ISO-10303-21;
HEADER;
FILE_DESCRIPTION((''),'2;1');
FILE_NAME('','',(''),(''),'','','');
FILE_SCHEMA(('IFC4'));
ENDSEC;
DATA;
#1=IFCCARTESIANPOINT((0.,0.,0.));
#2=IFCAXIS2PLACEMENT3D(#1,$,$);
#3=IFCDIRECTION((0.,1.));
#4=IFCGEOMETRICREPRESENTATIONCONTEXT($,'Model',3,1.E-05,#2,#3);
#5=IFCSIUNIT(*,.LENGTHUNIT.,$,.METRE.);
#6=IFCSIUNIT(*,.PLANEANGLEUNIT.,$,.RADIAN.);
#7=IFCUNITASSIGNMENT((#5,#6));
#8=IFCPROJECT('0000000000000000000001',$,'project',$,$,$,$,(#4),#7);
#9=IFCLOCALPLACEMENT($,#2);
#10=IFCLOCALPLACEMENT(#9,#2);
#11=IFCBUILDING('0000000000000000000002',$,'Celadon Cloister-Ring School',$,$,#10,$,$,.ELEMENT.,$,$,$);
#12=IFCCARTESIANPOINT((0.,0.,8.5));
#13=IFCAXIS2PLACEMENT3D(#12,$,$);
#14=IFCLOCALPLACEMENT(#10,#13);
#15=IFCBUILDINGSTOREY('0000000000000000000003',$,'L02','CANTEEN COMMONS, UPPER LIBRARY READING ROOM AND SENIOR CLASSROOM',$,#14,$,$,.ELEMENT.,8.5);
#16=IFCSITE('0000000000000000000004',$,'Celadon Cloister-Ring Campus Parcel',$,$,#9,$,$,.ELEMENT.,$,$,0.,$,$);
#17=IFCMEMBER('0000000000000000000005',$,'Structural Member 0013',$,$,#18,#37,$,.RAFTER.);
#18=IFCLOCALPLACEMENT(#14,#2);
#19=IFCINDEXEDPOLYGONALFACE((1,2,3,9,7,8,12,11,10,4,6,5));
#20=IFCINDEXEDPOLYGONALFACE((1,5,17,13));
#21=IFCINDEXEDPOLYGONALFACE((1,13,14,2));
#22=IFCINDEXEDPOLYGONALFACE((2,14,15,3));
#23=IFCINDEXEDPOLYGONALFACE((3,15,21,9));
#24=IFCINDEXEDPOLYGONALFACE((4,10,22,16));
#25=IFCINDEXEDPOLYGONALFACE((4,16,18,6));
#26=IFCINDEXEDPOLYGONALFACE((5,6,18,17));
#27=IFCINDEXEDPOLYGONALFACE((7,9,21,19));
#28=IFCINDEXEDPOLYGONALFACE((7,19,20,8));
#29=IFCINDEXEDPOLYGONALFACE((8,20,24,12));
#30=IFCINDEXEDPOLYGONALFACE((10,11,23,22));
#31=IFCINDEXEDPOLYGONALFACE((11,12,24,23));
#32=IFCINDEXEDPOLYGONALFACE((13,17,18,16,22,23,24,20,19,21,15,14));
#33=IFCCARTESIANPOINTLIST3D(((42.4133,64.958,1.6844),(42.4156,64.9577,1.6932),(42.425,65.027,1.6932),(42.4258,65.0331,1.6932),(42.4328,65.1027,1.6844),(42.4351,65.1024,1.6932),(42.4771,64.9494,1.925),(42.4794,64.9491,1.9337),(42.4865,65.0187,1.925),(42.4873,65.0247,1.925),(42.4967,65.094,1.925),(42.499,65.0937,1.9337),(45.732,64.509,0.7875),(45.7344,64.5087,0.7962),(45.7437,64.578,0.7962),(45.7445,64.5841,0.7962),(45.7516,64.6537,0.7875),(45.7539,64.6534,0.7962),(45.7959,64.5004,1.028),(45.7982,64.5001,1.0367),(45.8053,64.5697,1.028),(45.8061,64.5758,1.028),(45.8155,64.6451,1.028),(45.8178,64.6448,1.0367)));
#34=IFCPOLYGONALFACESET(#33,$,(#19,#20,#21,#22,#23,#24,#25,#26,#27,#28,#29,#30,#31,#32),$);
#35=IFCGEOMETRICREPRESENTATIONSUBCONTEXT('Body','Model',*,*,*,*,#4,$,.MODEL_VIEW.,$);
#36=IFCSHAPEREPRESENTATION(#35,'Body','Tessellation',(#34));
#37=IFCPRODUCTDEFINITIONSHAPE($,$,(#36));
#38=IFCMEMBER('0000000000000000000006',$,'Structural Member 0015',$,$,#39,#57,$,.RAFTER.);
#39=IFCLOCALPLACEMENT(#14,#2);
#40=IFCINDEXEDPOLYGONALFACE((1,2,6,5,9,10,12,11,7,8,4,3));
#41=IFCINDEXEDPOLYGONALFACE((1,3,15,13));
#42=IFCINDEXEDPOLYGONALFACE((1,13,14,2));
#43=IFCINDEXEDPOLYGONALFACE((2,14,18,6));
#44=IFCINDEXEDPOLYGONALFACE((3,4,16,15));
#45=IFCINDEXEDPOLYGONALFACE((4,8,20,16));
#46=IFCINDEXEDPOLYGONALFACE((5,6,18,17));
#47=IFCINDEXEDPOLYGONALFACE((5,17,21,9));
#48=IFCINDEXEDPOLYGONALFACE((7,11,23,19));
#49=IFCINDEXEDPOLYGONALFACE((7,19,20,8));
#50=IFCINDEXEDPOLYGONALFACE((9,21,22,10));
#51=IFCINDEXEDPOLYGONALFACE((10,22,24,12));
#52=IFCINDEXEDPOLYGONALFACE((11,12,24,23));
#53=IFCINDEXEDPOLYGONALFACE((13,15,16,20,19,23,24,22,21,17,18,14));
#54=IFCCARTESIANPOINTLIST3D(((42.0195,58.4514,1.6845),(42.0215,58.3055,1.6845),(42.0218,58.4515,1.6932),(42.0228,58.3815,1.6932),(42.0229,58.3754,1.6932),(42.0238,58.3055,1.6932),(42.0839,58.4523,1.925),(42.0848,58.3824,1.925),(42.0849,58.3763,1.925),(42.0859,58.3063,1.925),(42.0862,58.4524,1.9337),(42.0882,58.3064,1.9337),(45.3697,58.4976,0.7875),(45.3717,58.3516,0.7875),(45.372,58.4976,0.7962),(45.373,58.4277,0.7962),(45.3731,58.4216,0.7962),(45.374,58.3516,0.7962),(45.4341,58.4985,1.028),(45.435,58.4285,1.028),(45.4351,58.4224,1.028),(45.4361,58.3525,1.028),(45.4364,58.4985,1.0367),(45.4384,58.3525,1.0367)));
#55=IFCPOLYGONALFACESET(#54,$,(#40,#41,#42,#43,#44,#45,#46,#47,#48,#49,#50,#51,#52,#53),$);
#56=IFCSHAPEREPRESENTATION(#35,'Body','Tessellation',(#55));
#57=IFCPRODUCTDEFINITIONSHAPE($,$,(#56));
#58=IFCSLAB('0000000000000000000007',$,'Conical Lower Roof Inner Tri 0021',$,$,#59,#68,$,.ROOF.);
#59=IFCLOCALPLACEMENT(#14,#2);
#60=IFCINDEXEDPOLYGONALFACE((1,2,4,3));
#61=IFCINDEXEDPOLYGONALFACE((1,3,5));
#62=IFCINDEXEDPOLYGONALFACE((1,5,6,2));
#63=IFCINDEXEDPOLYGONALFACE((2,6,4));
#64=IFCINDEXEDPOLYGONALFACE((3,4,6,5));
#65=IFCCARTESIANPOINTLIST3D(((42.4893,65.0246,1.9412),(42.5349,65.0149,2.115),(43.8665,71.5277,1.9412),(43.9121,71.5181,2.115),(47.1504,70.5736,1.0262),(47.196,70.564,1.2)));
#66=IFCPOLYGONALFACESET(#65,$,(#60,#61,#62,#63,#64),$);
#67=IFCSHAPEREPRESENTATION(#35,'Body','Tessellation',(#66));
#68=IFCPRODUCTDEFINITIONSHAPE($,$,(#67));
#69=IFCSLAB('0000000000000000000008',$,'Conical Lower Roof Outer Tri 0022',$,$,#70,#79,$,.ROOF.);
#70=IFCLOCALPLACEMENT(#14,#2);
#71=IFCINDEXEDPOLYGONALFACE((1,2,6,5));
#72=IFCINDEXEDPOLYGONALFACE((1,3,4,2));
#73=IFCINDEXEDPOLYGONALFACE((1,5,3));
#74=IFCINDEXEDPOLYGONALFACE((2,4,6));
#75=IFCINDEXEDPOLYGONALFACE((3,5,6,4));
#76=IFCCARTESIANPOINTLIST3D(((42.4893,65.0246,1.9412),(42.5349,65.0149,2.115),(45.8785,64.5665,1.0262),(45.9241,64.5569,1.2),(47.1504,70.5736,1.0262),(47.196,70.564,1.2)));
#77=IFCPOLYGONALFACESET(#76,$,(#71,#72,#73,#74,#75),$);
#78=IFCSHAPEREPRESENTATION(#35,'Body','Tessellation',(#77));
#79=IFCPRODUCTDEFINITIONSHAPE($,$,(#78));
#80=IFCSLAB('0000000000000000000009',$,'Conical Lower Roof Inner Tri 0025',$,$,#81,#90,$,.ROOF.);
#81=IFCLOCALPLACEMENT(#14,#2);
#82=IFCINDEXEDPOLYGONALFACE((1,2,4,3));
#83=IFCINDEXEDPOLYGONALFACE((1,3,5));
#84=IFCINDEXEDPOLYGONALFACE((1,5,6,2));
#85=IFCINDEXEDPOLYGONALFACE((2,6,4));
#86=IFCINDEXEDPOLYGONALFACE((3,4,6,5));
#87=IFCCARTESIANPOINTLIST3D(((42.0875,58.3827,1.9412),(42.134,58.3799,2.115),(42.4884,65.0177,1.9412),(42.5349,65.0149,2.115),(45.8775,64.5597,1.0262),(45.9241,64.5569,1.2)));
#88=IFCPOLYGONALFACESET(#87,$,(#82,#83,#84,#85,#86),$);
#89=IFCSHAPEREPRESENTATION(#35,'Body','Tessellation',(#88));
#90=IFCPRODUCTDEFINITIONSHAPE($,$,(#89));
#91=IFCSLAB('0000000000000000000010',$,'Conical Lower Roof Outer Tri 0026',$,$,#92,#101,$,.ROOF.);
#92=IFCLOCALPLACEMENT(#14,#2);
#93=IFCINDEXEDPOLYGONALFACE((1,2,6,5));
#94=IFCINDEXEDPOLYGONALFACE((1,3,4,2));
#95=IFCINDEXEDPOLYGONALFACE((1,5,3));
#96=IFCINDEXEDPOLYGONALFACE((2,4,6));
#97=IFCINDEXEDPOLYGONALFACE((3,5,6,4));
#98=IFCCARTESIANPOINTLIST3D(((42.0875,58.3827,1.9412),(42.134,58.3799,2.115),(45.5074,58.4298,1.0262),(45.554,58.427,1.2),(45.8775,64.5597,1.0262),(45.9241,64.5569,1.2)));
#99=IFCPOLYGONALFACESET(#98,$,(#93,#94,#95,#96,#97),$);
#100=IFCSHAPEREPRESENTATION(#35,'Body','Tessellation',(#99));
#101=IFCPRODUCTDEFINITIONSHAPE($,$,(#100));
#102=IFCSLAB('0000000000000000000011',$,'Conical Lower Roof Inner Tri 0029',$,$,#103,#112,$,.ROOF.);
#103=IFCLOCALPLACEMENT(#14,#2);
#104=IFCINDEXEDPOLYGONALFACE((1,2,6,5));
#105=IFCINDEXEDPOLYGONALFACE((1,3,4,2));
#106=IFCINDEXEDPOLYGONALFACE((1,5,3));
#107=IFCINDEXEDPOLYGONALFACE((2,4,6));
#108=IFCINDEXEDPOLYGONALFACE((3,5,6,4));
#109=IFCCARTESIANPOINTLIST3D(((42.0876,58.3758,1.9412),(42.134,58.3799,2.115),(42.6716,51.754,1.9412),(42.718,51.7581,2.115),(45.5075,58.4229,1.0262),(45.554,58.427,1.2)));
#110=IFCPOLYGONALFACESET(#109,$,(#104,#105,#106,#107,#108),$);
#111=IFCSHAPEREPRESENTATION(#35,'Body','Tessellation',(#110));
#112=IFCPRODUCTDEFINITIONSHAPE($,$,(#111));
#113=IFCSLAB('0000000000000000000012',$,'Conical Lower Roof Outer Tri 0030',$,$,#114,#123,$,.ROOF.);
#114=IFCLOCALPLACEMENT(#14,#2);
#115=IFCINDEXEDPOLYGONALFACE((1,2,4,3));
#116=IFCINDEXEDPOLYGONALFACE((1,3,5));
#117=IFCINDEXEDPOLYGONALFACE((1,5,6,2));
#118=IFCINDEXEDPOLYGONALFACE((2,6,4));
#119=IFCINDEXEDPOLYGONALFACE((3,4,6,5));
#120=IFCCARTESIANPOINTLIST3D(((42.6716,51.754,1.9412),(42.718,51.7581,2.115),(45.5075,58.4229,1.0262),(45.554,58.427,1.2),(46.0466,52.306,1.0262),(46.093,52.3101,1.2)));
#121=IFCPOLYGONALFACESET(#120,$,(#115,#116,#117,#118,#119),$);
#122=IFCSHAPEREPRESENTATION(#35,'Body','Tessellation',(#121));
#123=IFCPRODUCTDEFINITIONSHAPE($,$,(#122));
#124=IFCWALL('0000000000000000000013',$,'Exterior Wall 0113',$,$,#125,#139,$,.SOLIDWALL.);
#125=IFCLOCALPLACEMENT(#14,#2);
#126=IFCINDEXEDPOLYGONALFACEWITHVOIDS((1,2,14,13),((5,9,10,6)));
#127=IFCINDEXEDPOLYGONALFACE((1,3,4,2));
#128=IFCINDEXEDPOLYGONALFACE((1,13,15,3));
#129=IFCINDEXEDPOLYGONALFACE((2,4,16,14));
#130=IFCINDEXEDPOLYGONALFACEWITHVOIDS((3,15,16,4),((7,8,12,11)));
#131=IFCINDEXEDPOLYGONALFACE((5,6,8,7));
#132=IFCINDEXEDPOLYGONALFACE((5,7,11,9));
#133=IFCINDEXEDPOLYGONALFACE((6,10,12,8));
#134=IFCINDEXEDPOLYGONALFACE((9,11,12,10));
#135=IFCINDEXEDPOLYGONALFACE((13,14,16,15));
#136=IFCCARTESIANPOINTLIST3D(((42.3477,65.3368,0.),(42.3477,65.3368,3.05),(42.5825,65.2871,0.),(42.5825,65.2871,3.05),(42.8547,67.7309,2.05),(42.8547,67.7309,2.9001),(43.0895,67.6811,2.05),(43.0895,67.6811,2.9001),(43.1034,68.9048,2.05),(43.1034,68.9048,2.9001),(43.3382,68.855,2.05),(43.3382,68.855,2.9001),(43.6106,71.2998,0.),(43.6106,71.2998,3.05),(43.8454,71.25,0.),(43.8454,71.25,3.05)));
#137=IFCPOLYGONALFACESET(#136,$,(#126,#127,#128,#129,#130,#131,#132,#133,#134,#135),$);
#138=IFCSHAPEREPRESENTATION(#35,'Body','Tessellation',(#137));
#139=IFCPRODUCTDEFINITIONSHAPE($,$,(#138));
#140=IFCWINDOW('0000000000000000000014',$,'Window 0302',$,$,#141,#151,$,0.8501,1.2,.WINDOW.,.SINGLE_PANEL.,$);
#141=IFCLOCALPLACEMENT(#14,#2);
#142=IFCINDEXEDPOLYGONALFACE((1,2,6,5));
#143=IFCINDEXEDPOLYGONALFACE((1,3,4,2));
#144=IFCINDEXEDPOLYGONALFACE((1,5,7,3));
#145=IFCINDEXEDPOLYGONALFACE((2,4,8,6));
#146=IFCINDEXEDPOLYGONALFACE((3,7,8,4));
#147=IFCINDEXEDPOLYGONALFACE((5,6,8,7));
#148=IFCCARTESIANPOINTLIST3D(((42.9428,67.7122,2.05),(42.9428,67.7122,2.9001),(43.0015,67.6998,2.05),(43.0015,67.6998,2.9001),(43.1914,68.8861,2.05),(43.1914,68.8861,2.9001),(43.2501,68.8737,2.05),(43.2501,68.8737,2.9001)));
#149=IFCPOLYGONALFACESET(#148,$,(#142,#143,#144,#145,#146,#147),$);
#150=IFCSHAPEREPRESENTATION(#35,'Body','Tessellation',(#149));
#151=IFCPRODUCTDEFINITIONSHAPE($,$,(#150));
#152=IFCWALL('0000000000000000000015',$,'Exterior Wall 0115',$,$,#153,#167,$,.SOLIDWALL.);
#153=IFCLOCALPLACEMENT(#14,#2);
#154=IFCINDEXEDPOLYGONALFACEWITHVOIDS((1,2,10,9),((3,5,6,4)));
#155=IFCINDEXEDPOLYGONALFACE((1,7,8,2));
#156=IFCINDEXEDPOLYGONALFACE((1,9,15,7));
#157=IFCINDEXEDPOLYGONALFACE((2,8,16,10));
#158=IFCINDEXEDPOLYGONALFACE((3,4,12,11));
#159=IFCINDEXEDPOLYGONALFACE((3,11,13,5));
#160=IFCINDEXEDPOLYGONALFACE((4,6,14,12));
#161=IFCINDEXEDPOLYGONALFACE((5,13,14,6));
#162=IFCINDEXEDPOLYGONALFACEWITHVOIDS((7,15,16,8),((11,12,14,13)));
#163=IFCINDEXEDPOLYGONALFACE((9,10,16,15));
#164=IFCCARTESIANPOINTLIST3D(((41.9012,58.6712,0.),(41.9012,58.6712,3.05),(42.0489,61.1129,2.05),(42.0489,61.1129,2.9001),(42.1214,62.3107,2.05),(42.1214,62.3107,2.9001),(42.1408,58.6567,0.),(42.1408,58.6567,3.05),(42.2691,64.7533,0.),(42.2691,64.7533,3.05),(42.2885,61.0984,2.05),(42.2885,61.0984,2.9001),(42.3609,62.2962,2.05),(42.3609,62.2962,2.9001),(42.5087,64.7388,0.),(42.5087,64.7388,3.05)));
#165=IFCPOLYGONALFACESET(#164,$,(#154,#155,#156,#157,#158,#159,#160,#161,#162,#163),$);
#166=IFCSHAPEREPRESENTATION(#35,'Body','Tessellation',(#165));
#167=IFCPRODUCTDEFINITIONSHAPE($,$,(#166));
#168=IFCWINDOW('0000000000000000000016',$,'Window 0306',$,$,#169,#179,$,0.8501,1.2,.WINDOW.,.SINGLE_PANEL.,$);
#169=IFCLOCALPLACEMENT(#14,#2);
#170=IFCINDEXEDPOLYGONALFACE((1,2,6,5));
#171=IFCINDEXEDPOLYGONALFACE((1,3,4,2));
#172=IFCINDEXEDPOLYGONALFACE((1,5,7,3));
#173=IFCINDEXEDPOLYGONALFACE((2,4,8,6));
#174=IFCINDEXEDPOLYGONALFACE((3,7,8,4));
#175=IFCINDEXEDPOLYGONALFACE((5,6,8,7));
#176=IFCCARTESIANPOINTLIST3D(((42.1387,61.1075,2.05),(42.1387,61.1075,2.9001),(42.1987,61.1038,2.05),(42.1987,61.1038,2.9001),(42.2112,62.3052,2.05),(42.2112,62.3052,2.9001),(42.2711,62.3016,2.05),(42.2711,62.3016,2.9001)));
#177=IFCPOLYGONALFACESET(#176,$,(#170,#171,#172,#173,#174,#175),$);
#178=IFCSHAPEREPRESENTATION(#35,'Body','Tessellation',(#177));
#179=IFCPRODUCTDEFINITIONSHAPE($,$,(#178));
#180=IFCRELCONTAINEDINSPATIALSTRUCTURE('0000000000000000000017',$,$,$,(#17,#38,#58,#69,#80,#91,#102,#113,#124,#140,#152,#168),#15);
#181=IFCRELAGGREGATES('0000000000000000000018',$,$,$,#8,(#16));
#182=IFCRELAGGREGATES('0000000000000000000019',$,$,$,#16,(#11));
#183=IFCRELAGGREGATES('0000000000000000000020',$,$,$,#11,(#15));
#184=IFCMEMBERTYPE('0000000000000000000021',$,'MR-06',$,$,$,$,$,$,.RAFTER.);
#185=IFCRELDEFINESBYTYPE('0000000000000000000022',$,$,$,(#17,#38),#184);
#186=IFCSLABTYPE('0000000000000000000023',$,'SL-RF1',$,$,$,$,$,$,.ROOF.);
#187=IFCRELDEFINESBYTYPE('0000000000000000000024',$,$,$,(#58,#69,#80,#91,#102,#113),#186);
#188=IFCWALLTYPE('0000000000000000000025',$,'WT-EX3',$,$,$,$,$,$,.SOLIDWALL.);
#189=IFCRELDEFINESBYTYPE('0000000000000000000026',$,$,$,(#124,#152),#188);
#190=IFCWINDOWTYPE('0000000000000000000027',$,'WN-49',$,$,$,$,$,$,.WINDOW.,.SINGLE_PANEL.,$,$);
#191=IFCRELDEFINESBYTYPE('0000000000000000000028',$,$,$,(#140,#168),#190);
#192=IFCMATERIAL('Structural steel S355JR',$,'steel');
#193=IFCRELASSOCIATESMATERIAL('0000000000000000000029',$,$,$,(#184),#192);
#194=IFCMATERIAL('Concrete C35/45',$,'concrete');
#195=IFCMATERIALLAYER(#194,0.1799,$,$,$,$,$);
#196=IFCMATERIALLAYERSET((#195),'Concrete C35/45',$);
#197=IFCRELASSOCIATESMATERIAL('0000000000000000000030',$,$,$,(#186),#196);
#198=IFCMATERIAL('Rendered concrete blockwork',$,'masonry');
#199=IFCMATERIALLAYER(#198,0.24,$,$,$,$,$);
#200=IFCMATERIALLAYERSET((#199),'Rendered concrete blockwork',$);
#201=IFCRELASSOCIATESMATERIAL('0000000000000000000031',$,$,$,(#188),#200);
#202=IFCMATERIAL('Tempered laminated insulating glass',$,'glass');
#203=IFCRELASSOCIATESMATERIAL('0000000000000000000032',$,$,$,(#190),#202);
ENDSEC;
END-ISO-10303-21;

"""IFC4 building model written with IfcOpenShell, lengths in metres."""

from ifc_helpers import new_model, si_unit, direction, frame, frame_2d, origin, origin_2d, place, context, subcontext, project, spatial, polyline, rectangle, i_section, outline, extrude, material, layer, layer_set, material_profile, profile_set, type_object, element, fill, save


model = new_model("IFC4")

# Units and contexts
model_context = context("Model", 3, precision=1e-05, world=origin(), true_north=direction((0.0, 1.0)))
body_context = subcontext(model_context, "Body", "Model", "MODEL_VIEW")
ifc_project = project(units=[si_unit("LENGTHUNIT", "METRE"), si_unit("PLANEANGLEUNIT", "RADIAN")], contexts=[model_context])

# Site, building, storey
site_placement = place(None, origin())
site = spatial("IfcSite", under=ifc_project, at=site_placement, Name="Celadon Cloister-Ring Campus Parcel", CompositionType="ELEMENT", RefElevation=0.0)
building_placement = place(site_placement, origin())
building = spatial("IfcBuilding", under=site, at=building_placement, Name="Celadon Cloister-Ring School", CompositionType="ELEMENT")
storey_placement = place(building_placement, frame((0.0, 0.0, 8.5)))
storey = spatial("IfcBuildingStorey", under=building, at=storey_placement, Name="L02", Description="CANTEEN COMMONS, UPPER LIBRARY READING ROOM AND SENIOR CLASSROOM", CompositionType="ELEMENT", Elevation=8.5)

# Members
ifc_material_1 = material(Name="Structural steel S355JR", Category="steel")
ifc_material_profile_1 = material_profile(ifc_material_1, i_section(OverallWidth=0.146, OverallDepth=0.2581, WebThickness=0.0061, FlangeThickness=0.009, at=origin_2d()), Name="W250X33")
ifc_profile_set_1 = profile_set([ifc_material_profile_1], Name="Structural steel S355JR")
member_type_1 = type_object("IfcMemberType", Name="MR-06", PredefinedType="RAFTER", material=ifc_profile_set_1)
member_1_placement = place(storey_placement, frame((45.7749, 64.5769, 0.9121), z_axis=(-0.957236, 0.129495, 0.258709), x_axis=(-0.134059, -0.990973, 0.0)))
element("IfcMember", 1, at=member_1_placement, inside=storey, type_object=member_type_1, Name="Structural Member 0013", PredefinedType="RAFTER", context=body_context, shape_type="SweptSolid", body=[
    extrude(i_section(OverallWidth=0.146, OverallDepth=0.2581, WebThickness=0.0061, FlangeThickness=0.009, at=origin_2d()), origin(), (0.0, 0.0, 1.0), 3.467),
])
member_2_placement = place(storey_placement, frame((45.4041, 58.425, 0.9121), z_axis=(-0.96589, -0.013304, 0.258612), x_axis=(0.013772, -0.999905, 0.0)))
element("IfcMember", 2, at=member_2_placement, inside=storey, type_object=member_type_1, Name="Structural Member 0015", PredefinedType="RAFTER", context=body_context, shape_type="SweptSolid", body=[
    extrude(i_section(OverallWidth=0.146, OverallDepth=0.2581, WebThickness=0.0061, FlangeThickness=0.009, at=origin_2d()), origin(), (0.0, 0.0, 1.0), 3.4685),
])

# Slabs
ifc_material_2 = material(Name="Concrete C35/45", Category="concrete")
ifc_layer_1 = layer(ifc_material_2, 0.1799)
ifc_layer_set_1 = layer_set([ifc_layer_1], Name="Concrete C35/45")
slab_type = type_object("IfcSlabType", Name="SL-RF1", PredefinedType="ROOF", material=ifc_layer_set_1)
slab_1_placement = place(storey_placement, frame((47.196, 70.564, 1.2), z_axis=(0.253523, -0.053689, 0.965838), x_axis=(-0.927657, 0.269518, 0.258483)))
element("IfcSlab", 3, at=slab_1_placement, inside=storey, type_object=slab_type, Name="Conical Lower Roof Inner Tri 0021", PredefinedType="ROOF", context=body_context, shape_type="SweptSolid", body=[
    extrude(outline(polyline([(0.0, 0.0), (3.54, 0.0), (3.0649, 6.6304), (0.0, 0.0)])), origin(), (0.0, 0.0, -1.0), 0.1799),
])
slab_2_placement = place(storey_placement, frame((47.196, 70.564, 1.2), z_axis=(0.253513, -0.05368, 0.965841), x_axis=(-0.638118, -0.759679, 0.125271)))
element("IfcSlab", 4, at=slab_2_placement, inside=storey, type_object=slab_type, Name="Conical Lower Roof Outer Tri 0022", PredefinedType="ROOF", context=body_context, shape_type="SweptSolid", body=[
    extrude(outline(polyline([(0.0, 0.0), (7.3045, 0.0), (5.3751, 2.9683), (0.0, 0.0)])), origin(), (0.0, 0.0, -1.0), 0.1799),
])
slab_3_placement = place(storey_placement, frame((45.9241, 64.5569, 1.2), z_axis=(0.258656, -0.015628, 0.965843), x_axis=(-0.957318, 0.129371, 0.258466)))
element("IfcSlab", 5, at=slab_3_placement, inside=storey, type_object=slab_type, Name="Conical Lower Roof Inner Tri 0025", PredefinedType="ROOF", context=body_context, shape_type="SweptSolid", body=[
    extrude(outline(polyline([(0.0, 0.0), (3.5403, 0.0), (3.0657, 6.6301), (0.0, 0.0)])), origin(), (0.0, 0.0, -1.0), 0.1799),
])
slab_4_placement = place(storey_placement, frame((45.9241, 64.5569, 1.2), z_axis=(0.258639, -0.015616, 0.965848), x_axis=(-0.518857, -0.845633, 0.125269)))
element("IfcSlab", 6, at=slab_4_placement, inside=storey, type_object=slab_type, Name="Conical Lower Roof Outer Tri 0026", PredefinedType="ROOF", context=body_context, shape_type="SweptSolid", body=[
    extrude(outline(polyline([(0.0, 0.0), (7.3046, 0.0), (5.3757, 2.9689), (0.0, 0.0)])), origin(), (0.0, 0.0, -1.0), 0.1799),
])
slab_5_placement = place(storey_placement, frame((45.554, 58.427, 1.2), z_axis=(0.25811, 0.022763, 0.965847), x_axis=(-0.965934, -0.013308, 0.258447)))
element("IfcSlab", 7, at=slab_5_placement, inside=storey, type_object=slab_type, Name="Conical Lower Roof Inner Tri 0029", PredefinedType="ROOF", context=body_context, shape_type="SweptSolid", body=[
    extrude(outline(polyline([(0.0, 0.0), (3.5405, 0.0), (3.0646, 6.6305), (0.0, 0.0)])), origin(), (0.0, 0.0, -1.0), 0.1799),
])
slab_6_placement = place(storey_placement, frame((45.554, 58.427, 1.2), z_axis=(0.25814, 0.022749, 0.96584), x_axis=(-0.388249, -0.913, 0.125272)))
element("IfcSlab", 8, at=slab_6_placement, inside=storey, type_object=slab_type, Name="Conical Lower Roof Outer Tri 0030", PredefinedType="ROOF", context=body_context, shape_type="SweptSolid", body=[
    extrude(outline(polyline([(0.0, 0.0), (7.3044, 0.0), (5.3755, 2.9685), (0.0, 0.0)])), origin(), (0.0, 0.0, -1.0), 0.1799),
])

# Walls, openings, windows
ifc_material_3 = material(Name="Rendered concrete blockwork", Category="masonry")
ifc_layer_2 = layer(ifc_material_3, 0.24)
ifc_layer_set_2 = layer_set([ifc_layer_2], Name="Rendered concrete blockwork")
wall_type = type_object("IfcWallType", Name="WT-EX3", PredefinedType="SOLIDWALL", material=ifc_layer_set_2)
wall_1_placement = place(storey_placement, frame((43.728, 71.2749, 0.0), z_axis=(0.0, 0.0, 1.0), x_axis=(-0.207203, -0.978298, 0.0)))
wall_1 = element("IfcWall", 9, at=wall_1_placement, inside=storey, type_object=wall_type, Name="Exterior Wall 0113", PredefinedType="SOLIDWALL", context=body_context, shape_type="SweptSolid", body=[
    extrude(rectangle(XDim=6.0952, YDim=0.24, at=frame_2d((3.0476, 0.0))), origin(), (0.0, 0.0, 1.0), 3.05),
])
opening_1_placement = place(wall_1_placement, frame((2.448, 0.0, 2.05)))
opening_1 = element("IfcOpeningElement", 10, at=opening_1_placement, cuts=wall_1, PredefinedType="OPENING", context=body_context, shape_type="SweptSolid", body=[
    extrude(rectangle(XDim=1.2, YDim=0.8501, at=frame_2d((0.6001, 0.425))), frame((0.0, 0.1299, 0.0), z_axis=(0.0, -1.0, 0.0), x_axis=(1.0, 0.0, 0.0)), (0.0, 0.0, 1.0), 0.26),
])
ifc_material_4 = material(Name="Tempered laminated insulating glass", Category="glass")
window_type = type_object("IfcWindowType", Name="WN-49", PartitioningType="SINGLE_PANEL", PredefinedType="WINDOW", material=ifc_material_4)
window_1_placement = place(opening_1_placement, origin())
window_1 = element("IfcWindow", 11, at=window_1_placement, inside=storey, type_object=window_type, Name="Window 0302", OverallHeight=0.8501, OverallWidth=1.2, PartitioningType="SINGLE_PANEL", PredefinedType="WINDOW", context=body_context, shape_type="SweptSolid", body=[
    extrude(rectangle(XDim=1.2, YDim=0.8501, at=frame_2d((0.6001, 0.425))), frame((0.0, 0.03, 0.0), z_axis=(0.0, -1.0, 0.0), x_axis=(1.0, 0.0, 0.0)), (0.0, 0.0, 1.0), 0.0601),
])
fill(opening_1, window_1)
wall_2_placement = place(storey_placement, frame((42.3889, 64.7461, 0.0), z_axis=(0.0, 0.0, 1.0), x_axis=(-0.060383, -0.998175, 0.0)))
wall_2 = element("IfcWall", 12, at=wall_2_placement, inside=storey, type_object=wall_type, Name="Exterior Wall 0115", PredefinedType="SOLIDWALL", context=body_context, shape_type="SweptSolid", body=[
    extrude(rectangle(XDim=6.0933, YDim=0.24, at=frame_2d((3.0466, 0.0))), origin(), (0.0, 0.0, 1.0), 3.05),
])
opening_2_placement = place(wall_2_placement, frame((2.447, 0.0, 2.05)))
opening_2 = element("IfcOpeningElement", 13, at=opening_2_placement, cuts=wall_2, PredefinedType="OPENING", context=body_context, shape_type="SweptSolid", body=[
    extrude(rectangle(XDim=1.2, YDim=0.8501, at=frame_2d((0.6001, 0.425))), frame((0.0, 0.1299, 0.0), z_axis=(0.0, -1.0, 0.0), x_axis=(1.0, 0.0, 0.0)), (0.0, 0.0, 1.0), 0.26),
])
window_2_placement = place(opening_2_placement, origin())
window_2 = element("IfcWindow", 14, at=window_2_placement, inside=storey, type_object=window_type, Name="Window 0306", OverallHeight=0.8501, OverallWidth=1.2, PartitioningType="SINGLE_PANEL", PredefinedType="WINDOW", context=body_context, shape_type="SweptSolid", body=[
    extrude(rectangle(XDim=1.2, YDim=0.8501, at=frame_2d((0.6001, 0.425))), frame((0.0, 0.03, 0.0), z_axis=(0.0, -1.0, 0.0), x_axis=(1.0, 0.0, 0.0)), (0.0, 0.0, 1.0), 0.0601),
])
fill(opening_2, window_2)

save(model, "model.ifc")
